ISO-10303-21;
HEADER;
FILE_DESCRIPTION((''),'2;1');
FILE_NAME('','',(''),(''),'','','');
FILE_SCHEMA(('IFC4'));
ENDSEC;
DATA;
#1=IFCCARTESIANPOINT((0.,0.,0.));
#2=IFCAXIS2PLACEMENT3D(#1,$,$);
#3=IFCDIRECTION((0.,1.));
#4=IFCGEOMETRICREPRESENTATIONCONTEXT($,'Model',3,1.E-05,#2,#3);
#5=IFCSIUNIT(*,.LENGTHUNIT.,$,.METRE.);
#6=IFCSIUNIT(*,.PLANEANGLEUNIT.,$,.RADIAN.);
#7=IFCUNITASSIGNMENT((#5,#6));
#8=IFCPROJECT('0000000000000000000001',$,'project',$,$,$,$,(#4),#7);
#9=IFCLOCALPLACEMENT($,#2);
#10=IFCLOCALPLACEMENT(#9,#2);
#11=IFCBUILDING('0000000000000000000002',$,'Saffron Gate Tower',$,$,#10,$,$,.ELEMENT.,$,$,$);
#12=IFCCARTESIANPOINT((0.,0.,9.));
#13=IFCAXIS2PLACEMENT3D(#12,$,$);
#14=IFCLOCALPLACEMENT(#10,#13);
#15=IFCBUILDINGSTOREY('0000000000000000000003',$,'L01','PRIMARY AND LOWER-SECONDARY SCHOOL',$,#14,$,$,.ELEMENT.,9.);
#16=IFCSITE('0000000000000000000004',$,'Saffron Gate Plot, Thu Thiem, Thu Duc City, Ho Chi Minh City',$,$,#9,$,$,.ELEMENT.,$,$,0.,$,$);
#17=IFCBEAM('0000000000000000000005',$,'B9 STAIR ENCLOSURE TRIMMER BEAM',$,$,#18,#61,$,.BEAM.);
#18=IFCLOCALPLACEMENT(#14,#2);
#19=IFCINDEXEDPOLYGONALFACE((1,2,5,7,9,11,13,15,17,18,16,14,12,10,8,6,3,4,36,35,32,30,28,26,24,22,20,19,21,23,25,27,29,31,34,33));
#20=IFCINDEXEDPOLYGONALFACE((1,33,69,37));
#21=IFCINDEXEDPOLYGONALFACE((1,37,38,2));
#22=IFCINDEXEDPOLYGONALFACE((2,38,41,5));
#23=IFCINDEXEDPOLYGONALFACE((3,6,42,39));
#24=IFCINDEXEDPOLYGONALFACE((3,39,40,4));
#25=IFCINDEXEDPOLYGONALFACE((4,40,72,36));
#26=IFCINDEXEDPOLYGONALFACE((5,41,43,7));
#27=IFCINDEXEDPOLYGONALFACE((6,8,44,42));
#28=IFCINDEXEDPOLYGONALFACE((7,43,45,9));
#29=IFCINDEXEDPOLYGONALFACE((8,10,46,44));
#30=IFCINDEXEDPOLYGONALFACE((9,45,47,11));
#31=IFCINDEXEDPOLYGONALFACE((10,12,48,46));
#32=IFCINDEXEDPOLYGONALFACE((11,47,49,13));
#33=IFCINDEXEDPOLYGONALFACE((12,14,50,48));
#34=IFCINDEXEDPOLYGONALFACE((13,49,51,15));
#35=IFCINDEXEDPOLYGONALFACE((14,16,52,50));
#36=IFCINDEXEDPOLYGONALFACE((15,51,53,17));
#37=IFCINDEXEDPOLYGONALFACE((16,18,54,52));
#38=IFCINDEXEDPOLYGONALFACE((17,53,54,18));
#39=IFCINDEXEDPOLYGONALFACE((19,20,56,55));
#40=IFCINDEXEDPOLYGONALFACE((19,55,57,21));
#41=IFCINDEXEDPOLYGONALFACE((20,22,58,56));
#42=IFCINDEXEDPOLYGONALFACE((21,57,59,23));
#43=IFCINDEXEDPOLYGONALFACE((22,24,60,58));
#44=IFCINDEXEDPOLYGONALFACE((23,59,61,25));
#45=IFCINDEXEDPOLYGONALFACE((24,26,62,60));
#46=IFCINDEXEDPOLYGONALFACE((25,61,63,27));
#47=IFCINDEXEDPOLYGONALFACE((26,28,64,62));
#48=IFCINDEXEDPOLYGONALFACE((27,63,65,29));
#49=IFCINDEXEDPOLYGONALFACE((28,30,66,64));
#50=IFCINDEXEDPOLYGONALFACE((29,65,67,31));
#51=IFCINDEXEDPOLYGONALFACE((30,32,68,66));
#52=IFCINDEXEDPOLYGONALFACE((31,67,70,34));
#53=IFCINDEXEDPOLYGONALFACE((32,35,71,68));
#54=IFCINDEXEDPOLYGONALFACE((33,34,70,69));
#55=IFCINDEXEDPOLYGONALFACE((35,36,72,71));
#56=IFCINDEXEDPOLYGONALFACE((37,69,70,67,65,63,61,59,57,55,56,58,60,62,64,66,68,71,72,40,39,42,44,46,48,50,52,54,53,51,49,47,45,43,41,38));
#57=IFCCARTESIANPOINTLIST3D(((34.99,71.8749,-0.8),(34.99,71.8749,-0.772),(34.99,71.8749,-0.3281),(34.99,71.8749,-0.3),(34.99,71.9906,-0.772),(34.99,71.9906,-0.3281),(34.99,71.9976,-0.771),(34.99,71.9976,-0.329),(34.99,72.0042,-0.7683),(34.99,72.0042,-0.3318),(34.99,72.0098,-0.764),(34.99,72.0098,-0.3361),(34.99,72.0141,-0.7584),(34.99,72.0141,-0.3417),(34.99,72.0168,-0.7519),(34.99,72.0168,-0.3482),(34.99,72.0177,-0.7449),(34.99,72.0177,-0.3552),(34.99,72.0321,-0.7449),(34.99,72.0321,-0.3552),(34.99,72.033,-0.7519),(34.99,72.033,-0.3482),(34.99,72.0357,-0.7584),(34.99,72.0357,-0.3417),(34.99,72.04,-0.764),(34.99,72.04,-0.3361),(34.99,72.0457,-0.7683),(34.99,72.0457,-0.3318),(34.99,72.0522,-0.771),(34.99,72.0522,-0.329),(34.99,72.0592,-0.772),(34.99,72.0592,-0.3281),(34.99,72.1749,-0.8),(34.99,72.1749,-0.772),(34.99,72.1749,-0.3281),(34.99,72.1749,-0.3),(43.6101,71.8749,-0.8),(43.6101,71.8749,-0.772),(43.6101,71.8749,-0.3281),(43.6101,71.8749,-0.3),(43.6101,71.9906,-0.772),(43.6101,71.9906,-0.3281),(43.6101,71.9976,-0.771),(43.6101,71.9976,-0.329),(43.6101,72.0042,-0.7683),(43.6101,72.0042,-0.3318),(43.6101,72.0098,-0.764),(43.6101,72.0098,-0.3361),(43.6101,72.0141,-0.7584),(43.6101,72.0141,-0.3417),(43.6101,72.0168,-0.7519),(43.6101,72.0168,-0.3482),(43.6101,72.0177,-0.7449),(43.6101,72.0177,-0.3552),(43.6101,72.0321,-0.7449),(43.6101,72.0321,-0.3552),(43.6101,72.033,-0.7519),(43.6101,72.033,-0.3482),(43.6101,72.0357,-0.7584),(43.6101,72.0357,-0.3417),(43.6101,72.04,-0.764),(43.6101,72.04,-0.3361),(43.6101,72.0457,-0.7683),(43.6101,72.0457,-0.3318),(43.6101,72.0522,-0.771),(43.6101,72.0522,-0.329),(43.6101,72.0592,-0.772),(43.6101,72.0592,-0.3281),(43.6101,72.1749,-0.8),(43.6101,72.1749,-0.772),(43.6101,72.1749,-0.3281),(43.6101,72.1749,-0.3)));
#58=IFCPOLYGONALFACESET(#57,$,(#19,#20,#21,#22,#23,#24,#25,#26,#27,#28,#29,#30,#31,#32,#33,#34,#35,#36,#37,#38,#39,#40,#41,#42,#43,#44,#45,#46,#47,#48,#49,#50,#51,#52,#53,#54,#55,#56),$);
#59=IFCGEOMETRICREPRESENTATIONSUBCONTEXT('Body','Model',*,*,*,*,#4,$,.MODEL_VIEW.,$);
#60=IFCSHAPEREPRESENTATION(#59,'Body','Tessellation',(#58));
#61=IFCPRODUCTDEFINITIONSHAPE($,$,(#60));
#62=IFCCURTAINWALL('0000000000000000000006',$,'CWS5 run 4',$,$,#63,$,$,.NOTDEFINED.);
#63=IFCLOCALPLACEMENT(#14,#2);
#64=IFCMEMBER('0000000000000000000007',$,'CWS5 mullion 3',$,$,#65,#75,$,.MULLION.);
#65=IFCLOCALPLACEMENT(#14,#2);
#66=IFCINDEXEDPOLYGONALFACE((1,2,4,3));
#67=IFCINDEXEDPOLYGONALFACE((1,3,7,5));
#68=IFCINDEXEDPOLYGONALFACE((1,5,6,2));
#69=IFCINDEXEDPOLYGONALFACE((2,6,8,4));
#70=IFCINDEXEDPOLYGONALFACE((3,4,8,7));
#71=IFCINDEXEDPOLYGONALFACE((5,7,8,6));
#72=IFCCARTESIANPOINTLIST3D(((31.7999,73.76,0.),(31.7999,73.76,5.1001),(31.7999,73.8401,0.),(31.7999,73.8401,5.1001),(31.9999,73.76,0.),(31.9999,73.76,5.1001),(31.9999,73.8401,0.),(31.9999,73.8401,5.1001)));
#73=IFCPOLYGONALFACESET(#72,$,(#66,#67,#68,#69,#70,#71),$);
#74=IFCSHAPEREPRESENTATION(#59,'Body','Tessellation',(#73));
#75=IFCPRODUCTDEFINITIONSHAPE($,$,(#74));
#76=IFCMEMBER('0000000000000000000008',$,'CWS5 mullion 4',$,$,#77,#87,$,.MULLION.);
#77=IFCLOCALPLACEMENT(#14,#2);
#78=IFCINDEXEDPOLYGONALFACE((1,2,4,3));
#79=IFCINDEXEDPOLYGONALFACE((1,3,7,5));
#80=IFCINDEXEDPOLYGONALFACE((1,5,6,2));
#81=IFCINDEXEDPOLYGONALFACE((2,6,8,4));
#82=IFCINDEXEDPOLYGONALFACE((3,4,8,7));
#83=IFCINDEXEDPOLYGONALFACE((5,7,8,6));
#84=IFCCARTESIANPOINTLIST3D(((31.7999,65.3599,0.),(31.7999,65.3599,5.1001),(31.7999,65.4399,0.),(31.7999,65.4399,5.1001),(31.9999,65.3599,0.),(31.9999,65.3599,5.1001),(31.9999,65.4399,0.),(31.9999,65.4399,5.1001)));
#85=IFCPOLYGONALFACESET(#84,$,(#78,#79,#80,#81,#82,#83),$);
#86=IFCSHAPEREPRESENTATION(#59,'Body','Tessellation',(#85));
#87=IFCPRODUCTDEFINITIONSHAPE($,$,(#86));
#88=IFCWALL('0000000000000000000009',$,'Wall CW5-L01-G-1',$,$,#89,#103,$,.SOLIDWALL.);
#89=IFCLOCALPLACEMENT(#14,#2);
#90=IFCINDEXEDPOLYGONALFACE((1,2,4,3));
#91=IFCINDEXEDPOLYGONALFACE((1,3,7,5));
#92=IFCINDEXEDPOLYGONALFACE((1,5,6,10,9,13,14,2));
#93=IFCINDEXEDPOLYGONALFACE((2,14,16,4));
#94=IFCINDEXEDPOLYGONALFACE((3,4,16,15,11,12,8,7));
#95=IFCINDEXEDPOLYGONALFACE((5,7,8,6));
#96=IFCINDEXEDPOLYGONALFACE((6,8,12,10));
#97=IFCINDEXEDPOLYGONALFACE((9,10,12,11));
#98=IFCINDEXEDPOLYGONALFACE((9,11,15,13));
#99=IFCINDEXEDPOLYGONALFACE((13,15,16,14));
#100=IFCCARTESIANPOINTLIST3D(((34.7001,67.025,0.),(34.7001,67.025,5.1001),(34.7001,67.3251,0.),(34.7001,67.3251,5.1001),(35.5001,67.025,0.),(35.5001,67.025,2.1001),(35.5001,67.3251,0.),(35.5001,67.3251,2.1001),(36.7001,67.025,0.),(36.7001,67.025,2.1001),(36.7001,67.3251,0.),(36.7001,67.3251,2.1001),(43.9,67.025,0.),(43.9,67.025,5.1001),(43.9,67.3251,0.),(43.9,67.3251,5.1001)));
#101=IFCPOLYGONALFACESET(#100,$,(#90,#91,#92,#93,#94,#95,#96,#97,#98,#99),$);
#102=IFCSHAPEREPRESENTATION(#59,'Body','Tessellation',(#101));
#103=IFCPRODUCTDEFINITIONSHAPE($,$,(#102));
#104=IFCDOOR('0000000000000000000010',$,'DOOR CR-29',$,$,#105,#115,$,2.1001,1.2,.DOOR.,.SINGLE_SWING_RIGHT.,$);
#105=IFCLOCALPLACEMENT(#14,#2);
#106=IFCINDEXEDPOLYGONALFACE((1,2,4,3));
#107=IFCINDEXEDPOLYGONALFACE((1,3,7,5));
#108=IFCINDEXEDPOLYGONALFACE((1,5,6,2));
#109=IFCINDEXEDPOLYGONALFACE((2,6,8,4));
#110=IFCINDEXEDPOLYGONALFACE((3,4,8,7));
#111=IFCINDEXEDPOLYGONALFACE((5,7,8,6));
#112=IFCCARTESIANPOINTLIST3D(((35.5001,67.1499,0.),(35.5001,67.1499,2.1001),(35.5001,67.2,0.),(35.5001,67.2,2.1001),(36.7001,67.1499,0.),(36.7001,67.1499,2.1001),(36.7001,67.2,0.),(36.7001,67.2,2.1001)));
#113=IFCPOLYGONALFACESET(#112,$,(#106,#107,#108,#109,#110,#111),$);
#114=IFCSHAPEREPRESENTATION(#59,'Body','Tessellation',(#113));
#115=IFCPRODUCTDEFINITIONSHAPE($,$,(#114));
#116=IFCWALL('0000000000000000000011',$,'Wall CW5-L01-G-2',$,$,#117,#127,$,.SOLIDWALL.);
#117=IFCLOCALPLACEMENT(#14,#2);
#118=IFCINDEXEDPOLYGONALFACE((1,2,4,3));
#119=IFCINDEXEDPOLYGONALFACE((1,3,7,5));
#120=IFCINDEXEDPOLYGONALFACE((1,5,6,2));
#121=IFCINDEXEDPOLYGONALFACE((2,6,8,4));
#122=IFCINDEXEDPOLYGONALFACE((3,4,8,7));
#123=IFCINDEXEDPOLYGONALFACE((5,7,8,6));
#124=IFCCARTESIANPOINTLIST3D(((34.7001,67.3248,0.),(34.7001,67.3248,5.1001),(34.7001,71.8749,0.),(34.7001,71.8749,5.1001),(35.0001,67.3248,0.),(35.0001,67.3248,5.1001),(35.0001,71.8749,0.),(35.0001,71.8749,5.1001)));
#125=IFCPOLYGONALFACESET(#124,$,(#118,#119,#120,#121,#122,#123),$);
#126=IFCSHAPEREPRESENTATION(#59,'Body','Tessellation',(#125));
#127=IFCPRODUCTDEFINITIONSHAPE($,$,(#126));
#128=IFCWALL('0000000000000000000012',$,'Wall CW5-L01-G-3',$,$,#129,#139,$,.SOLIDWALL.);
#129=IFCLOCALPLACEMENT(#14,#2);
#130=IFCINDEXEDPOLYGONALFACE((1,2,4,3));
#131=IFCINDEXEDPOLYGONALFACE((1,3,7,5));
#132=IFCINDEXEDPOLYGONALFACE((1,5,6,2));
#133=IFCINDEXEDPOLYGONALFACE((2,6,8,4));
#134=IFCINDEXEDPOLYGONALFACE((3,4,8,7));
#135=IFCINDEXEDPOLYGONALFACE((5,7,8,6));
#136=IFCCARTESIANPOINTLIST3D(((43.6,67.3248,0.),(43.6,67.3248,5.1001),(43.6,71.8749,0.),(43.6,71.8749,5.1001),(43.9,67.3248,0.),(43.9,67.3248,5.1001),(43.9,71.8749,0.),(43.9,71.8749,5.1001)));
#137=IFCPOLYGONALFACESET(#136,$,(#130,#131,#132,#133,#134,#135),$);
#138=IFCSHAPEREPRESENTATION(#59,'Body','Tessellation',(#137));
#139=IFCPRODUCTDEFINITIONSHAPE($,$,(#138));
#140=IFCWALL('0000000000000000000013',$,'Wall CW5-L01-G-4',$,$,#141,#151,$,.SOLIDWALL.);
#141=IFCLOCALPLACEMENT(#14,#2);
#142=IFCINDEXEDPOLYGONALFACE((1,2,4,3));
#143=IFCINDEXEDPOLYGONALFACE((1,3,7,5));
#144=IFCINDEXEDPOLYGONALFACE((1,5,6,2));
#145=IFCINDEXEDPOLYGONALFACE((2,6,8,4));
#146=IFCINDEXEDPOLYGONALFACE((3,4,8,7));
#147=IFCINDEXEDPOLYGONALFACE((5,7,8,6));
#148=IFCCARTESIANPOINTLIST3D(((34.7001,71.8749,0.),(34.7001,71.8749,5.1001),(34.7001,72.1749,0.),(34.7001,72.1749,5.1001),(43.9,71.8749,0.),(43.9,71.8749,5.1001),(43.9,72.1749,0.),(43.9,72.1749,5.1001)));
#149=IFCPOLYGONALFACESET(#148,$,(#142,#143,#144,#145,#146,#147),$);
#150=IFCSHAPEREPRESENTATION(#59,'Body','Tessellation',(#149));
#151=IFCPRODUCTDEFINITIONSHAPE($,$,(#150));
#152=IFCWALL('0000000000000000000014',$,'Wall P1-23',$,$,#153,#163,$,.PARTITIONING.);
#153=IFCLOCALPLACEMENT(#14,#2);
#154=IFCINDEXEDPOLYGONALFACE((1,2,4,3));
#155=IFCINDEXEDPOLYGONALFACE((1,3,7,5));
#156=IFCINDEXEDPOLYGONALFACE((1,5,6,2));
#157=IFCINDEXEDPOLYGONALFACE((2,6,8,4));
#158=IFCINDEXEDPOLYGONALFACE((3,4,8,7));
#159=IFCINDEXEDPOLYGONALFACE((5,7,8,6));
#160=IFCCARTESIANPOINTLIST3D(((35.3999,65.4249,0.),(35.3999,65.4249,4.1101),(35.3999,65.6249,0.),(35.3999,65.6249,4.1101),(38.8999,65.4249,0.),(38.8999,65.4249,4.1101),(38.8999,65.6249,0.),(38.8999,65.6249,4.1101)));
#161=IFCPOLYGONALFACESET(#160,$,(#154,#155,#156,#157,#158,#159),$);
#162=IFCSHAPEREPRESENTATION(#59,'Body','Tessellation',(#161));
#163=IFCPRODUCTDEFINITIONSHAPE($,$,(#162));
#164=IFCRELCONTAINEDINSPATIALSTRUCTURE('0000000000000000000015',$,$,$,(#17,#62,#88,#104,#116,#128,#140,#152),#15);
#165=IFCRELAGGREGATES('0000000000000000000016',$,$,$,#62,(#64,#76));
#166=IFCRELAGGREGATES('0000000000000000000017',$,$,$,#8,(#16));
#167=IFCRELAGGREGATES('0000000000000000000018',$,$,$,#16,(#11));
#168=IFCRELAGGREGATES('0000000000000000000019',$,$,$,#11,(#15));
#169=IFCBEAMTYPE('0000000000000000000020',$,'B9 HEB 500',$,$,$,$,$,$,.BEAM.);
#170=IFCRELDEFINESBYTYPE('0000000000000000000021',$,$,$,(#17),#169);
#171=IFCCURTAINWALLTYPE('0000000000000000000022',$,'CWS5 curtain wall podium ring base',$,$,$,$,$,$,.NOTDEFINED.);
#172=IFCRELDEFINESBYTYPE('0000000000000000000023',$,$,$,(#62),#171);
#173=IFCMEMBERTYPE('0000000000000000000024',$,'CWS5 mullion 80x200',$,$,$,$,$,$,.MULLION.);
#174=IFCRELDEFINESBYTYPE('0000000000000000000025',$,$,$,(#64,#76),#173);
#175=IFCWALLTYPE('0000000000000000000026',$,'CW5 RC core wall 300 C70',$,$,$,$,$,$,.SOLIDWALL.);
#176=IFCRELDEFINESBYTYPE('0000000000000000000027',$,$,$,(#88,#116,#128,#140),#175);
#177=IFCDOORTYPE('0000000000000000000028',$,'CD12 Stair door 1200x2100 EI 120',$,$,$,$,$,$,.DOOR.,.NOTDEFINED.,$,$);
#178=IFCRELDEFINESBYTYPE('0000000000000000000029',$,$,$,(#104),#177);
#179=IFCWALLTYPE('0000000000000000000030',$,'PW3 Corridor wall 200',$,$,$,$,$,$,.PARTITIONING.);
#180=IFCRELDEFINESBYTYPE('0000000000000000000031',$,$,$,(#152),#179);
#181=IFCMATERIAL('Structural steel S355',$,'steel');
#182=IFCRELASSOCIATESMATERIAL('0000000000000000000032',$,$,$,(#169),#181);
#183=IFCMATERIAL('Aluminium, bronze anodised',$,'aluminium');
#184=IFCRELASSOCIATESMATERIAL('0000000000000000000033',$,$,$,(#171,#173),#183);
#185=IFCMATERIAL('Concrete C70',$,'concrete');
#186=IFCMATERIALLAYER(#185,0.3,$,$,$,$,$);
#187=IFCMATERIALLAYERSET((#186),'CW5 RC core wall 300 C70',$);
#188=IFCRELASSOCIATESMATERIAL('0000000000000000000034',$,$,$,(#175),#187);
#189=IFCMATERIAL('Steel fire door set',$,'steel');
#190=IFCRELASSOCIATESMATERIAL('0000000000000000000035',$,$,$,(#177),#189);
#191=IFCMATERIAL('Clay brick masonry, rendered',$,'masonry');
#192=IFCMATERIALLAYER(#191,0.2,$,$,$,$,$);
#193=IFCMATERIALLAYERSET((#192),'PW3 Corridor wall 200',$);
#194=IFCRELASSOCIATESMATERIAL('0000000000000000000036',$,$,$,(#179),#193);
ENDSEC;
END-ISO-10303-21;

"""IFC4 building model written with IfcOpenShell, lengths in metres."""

from ifc_helpers import new_model, si_unit, direction, frame, frame_2d, origin, origin_2d, place, context, subcontext, project, spatial, rectangle, i_section, extrude, material, layer, layer_set, material_profile, profile_set, type_object, element, fill, aggregate, save


model = new_model("IFC4")

# Units and contexts
model_context = context("Model", 3, precision=1e-05, world=origin(), true_north=direction((0.0, 1.0)))
body_context = subcontext(model_context, "Body", "Model", "MODEL_VIEW")
ifc_project = project(units=[si_unit("LENGTHUNIT", "METRE"), si_unit("PLANEANGLEUNIT", "RADIAN")], contexts=[model_context])

# Site, building, storey
site_placement = place(None, origin())
site = spatial("IfcSite", under=ifc_project, at=site_placement, Name="Saffron Gate Plot, Thu Thiem, Thu Duc City, Ho Chi Minh City", CompositionType="ELEMENT", RefElevation=0.0)
building_placement = place(site_placement, origin())
building = spatial("IfcBuilding", under=site, at=building_placement, Name="Saffron Gate Tower", CompositionType="ELEMENT")
storey_placement = place(building_placement, frame((0.0, 0.0, 9.0)))
storey = spatial("IfcBuildingStorey", under=building, at=storey_placement, Name="L01", Description="PRIMARY AND LOWER-SECONDARY SCHOOL", CompositionType="ELEMENT", Elevation=9.0)

# Beam
ifc_material_1 = material(Name="Structural steel S355", Category="steel")
ifc_material_profile_1 = material_profile(ifc_material_1, i_section(OverallWidth=0.3, OverallDepth=0.5, WebThickness=0.0144, FlangeThickness=0.0281, FilletRadius=0.0271, at=origin_2d()))
ifc_profile_set_1 = profile_set([ifc_material_profile_1], Name="Structural steel S355")
beam_type_1 = type_object("IfcBeamType", Name="B9 HEB 500", PredefinedType="BEAM", material=ifc_profile_set_1)
for number, where, z_axis, x_axis, name in (
    (1, (34.99, 72.0249, -0.55), (1.0, 0.0, 0.0), (0.0, 1.0, 0.0), "B9 STAIR ENCLOSURE TRIMMER BEAM"),
):
    element("IfcBeam", number, at=place(storey_placement, frame(where, z_axis=z_axis, x_axis=x_axis)), inside=storey, type_object=beam_type_1, Name=name, PredefinedType="BEAM", context=body_context, shape_type="SweptSolid", body=[
        extrude(i_section(OverallWidth=0.3, OverallDepth=0.5, WebThickness=0.0144, FlangeThickness=0.0281, FilletRadius=0.0271, at=origin_2d()), origin(), (0.0, 0.0, 1.0), 8.6201),
    ])

# Curtain wall, members
ifc_material_2 = material(Name="Aluminium, bronze anodised", Category="aluminium")
curtain_wall_type = type_object("IfcCurtainWallType", Name="CWS5 curtain wall podium ring base", PredefinedType="NOTDEFINED", material=ifc_material_2)
curtain_wall_placement = place(storey_placement, origin())
curtain_wall = element("IfcCurtainWall", 2, at=curtain_wall_placement, inside=storey, type_object=curtain_wall_type, Name="CWS5 run 4", PredefinedType="NOTDEFINED")
ifc_material_profile_2 = material_profile(ifc_material_2, rectangle(XDim=0.2, YDim=0.0801, at=origin_2d()))
ifc_profile_set_2 = profile_set([ifc_material_profile_2], Name="Aluminium, bronze anodised")
member_type = type_object("IfcMemberType", Name="CWS5 mullion 80x200", PredefinedType="MULLION", material=ifc_profile_set_2)
member_1_placement = place(storey_placement, frame((31.8999, 73.8, 0.0), z_axis=(0.0, 0.0, 1.0), x_axis=(1.0, 0.0, 0.0)))
member_1 = element("IfcMember", 3, at=member_1_placement, type_object=member_type, Name="CWS5 mullion 3", PredefinedType="MULLION", context=body_context, shape_type="SweptSolid", body=[
    extrude(rectangle(XDim=0.2, YDim=0.0801, at=origin_2d()), origin(), (0.0, 0.0, 1.0), 5.1001),
])
member_2_placement = place(storey_placement, frame((31.8999, 65.3999, 0.0), z_axis=(0.0, 0.0, 1.0), x_axis=(1.0, 0.0, 0.0)))
member_2 = element("IfcMember", 4, at=member_2_placement, type_object=member_type, Name="CWS5 mullion 4", PredefinedType="MULLION", context=body_context, shape_type="SweptSolid", body=[
    extrude(rectangle(XDim=0.2, YDim=0.0801, at=origin_2d()), origin(), (0.0, 0.0, 1.0), 5.1001),
])
aggregate(curtain_wall, [member_1, member_2])

# Wall, opening, door
ifc_material_3 = material(Name="Concrete C70", Category="concrete")
ifc_layer_1 = layer(ifc_material_3, 0.3)
ifc_layer_set_1 = layer_set([ifc_layer_1], Name="CW5 RC core wall 300 C70")
wall_type_1 = type_object("IfcWallType", Name="CW5 RC core wall 300 C70", PredefinedType="SOLIDWALL", material=ifc_layer_set_1)
wall_1_placement = place(storey_placement, frame((34.7, 67.175, 0.0), z_axis=(0.0, 0.0, 1.0), x_axis=(1.0, 0.0, 0.0)))
wall_1 = element("IfcWall", 5, at=wall_1_placement, inside=storey, type_object=wall_type_1, Name="Wall CW5-L01-G-1", PredefinedType="SOLIDWALL", context=body_context, shape_type="SweptSolid", body=[
    extrude(rectangle(XDim=9.2, YDim=0.3, at=frame_2d((4.6001, 0.0))), origin(), (0.0, 0.0, 1.0), 5.1001),
])
opening_1_placement = place(wall_1_placement, frame((0.8, 0.0, 0.0)))
opening_1 = element("IfcOpeningElement", 6, at=opening_1_placement, cuts=wall_1, PredefinedType="OPENING", context=body_context, shape_type="SweptSolid", body=[
    extrude(rectangle(XDim=1.2, YDim=2.1001, at=frame_2d((0.6001, 1.05))), frame((0.0, 0.1602, 0.0), z_axis=(0.0, -1.0, 0.0), x_axis=(1.0, 0.0, 0.0)), (0.0, 0.0, 1.0), 0.3201),
])
ifc_material_4 = material(Name="Steel fire door set", Category="steel")
door_type_1 = type_object("IfcDoorType", Name="CD12 Stair door 1200x2100 EI 120", OperationType="NOTDEFINED", PredefinedType="DOOR", material=ifc_material_4)
door_1_placement = place(opening_1_placement, origin())
door_1 = element("IfcDoor", 7, at=door_1_placement, inside=storey, type_object=door_type_1, Name="DOOR CR-29", OperationType="SINGLE_SWING_RIGHT", OverallHeight=2.1001, OverallWidth=1.2, PredefinedType="DOOR", context=body_context, shape_type="SweptSolid", body=[
    extrude(rectangle(XDim=1.2, YDim=2.1001, at=frame_2d((0.6001, 1.05))), frame((0.0, 0.0249, 0.0), z_axis=(0.0, -1.0, 0.0), x_axis=(1.0, 0.0, 0.0)), (0.0, 0.0, 1.0), 0.05),
])
fill(opening_1, door_1)

# Walls
for number, where, z_axis, x_axis, name in (
    (8, (34.8501, 67.325, 0.0), (0.0, 0.0, 1.0), (0.0, 1.0, 0.0), "Wall CW5-L01-G-2"),
    (9, (43.75, 67.325, 0.0), (0.0, 0.0, 1.0), (0.0, 1.0, 0.0), "Wall CW5-L01-G-3"),
):
    element("IfcWall", number, at=place(storey_placement, frame(where, z_axis=z_axis, x_axis=x_axis)), inside=storey, type_object=wall_type_1, Name=name, PredefinedType="SOLIDWALL", context=body_context, shape_type="SweptSolid", body=[
        extrude(rectangle(XDim=4.55, YDim=0.3, at=frame_2d((2.2749, 0.0))), origin(), (0.0, 0.0, 1.0), 5.1001),
    ])
wall_2_placement = place(storey_placement, frame((34.7, 72.0249, 0.0), z_axis=(0.0, 0.0, 1.0), x_axis=(1.0, 0.0, 0.0)))
element("IfcWall", 10, at=wall_2_placement, inside=storey, type_object=wall_type_1, Name="Wall CW5-L01-G-4", PredefinedType="SOLIDWALL", context=body_context, shape_type="SweptSolid", body=[
    extrude(rectangle(XDim=9.2, YDim=0.3, at=frame_2d((4.6001, 0.0))), origin(), (0.0, 0.0, 1.0), 5.1001),
])
ifc_material_5 = material(Name="Clay brick masonry, rendered", Category="masonry")
ifc_layer_2 = layer(ifc_material_5, 0.2)
ifc_layer_set_2 = layer_set([ifc_layer_2], Name="PW3 Corridor wall 200")
wall_type_2 = type_object("IfcWallType", Name="PW3 Corridor wall 200", PredefinedType="PARTITIONING", material=ifc_layer_set_2)
wall_3_placement = place(storey_placement, frame((35.3999, 65.5249, 0.0), z_axis=(0.0, 0.0, 1.0), x_axis=(1.0, 0.0, 0.0)))
element("IfcWall", 11, at=wall_3_placement, inside=storey, type_object=wall_type_2, Name="Wall P1-23", PredefinedType="PARTITIONING", context=body_context, shape_type="SweptSolid", body=[
    extrude(rectangle(XDim=3.5, YDim=0.2, at=frame_2d((1.75, 0.0))), origin(), (0.0, 0.0, 1.0), 4.1101),
])

save(model, "model.ifc")
